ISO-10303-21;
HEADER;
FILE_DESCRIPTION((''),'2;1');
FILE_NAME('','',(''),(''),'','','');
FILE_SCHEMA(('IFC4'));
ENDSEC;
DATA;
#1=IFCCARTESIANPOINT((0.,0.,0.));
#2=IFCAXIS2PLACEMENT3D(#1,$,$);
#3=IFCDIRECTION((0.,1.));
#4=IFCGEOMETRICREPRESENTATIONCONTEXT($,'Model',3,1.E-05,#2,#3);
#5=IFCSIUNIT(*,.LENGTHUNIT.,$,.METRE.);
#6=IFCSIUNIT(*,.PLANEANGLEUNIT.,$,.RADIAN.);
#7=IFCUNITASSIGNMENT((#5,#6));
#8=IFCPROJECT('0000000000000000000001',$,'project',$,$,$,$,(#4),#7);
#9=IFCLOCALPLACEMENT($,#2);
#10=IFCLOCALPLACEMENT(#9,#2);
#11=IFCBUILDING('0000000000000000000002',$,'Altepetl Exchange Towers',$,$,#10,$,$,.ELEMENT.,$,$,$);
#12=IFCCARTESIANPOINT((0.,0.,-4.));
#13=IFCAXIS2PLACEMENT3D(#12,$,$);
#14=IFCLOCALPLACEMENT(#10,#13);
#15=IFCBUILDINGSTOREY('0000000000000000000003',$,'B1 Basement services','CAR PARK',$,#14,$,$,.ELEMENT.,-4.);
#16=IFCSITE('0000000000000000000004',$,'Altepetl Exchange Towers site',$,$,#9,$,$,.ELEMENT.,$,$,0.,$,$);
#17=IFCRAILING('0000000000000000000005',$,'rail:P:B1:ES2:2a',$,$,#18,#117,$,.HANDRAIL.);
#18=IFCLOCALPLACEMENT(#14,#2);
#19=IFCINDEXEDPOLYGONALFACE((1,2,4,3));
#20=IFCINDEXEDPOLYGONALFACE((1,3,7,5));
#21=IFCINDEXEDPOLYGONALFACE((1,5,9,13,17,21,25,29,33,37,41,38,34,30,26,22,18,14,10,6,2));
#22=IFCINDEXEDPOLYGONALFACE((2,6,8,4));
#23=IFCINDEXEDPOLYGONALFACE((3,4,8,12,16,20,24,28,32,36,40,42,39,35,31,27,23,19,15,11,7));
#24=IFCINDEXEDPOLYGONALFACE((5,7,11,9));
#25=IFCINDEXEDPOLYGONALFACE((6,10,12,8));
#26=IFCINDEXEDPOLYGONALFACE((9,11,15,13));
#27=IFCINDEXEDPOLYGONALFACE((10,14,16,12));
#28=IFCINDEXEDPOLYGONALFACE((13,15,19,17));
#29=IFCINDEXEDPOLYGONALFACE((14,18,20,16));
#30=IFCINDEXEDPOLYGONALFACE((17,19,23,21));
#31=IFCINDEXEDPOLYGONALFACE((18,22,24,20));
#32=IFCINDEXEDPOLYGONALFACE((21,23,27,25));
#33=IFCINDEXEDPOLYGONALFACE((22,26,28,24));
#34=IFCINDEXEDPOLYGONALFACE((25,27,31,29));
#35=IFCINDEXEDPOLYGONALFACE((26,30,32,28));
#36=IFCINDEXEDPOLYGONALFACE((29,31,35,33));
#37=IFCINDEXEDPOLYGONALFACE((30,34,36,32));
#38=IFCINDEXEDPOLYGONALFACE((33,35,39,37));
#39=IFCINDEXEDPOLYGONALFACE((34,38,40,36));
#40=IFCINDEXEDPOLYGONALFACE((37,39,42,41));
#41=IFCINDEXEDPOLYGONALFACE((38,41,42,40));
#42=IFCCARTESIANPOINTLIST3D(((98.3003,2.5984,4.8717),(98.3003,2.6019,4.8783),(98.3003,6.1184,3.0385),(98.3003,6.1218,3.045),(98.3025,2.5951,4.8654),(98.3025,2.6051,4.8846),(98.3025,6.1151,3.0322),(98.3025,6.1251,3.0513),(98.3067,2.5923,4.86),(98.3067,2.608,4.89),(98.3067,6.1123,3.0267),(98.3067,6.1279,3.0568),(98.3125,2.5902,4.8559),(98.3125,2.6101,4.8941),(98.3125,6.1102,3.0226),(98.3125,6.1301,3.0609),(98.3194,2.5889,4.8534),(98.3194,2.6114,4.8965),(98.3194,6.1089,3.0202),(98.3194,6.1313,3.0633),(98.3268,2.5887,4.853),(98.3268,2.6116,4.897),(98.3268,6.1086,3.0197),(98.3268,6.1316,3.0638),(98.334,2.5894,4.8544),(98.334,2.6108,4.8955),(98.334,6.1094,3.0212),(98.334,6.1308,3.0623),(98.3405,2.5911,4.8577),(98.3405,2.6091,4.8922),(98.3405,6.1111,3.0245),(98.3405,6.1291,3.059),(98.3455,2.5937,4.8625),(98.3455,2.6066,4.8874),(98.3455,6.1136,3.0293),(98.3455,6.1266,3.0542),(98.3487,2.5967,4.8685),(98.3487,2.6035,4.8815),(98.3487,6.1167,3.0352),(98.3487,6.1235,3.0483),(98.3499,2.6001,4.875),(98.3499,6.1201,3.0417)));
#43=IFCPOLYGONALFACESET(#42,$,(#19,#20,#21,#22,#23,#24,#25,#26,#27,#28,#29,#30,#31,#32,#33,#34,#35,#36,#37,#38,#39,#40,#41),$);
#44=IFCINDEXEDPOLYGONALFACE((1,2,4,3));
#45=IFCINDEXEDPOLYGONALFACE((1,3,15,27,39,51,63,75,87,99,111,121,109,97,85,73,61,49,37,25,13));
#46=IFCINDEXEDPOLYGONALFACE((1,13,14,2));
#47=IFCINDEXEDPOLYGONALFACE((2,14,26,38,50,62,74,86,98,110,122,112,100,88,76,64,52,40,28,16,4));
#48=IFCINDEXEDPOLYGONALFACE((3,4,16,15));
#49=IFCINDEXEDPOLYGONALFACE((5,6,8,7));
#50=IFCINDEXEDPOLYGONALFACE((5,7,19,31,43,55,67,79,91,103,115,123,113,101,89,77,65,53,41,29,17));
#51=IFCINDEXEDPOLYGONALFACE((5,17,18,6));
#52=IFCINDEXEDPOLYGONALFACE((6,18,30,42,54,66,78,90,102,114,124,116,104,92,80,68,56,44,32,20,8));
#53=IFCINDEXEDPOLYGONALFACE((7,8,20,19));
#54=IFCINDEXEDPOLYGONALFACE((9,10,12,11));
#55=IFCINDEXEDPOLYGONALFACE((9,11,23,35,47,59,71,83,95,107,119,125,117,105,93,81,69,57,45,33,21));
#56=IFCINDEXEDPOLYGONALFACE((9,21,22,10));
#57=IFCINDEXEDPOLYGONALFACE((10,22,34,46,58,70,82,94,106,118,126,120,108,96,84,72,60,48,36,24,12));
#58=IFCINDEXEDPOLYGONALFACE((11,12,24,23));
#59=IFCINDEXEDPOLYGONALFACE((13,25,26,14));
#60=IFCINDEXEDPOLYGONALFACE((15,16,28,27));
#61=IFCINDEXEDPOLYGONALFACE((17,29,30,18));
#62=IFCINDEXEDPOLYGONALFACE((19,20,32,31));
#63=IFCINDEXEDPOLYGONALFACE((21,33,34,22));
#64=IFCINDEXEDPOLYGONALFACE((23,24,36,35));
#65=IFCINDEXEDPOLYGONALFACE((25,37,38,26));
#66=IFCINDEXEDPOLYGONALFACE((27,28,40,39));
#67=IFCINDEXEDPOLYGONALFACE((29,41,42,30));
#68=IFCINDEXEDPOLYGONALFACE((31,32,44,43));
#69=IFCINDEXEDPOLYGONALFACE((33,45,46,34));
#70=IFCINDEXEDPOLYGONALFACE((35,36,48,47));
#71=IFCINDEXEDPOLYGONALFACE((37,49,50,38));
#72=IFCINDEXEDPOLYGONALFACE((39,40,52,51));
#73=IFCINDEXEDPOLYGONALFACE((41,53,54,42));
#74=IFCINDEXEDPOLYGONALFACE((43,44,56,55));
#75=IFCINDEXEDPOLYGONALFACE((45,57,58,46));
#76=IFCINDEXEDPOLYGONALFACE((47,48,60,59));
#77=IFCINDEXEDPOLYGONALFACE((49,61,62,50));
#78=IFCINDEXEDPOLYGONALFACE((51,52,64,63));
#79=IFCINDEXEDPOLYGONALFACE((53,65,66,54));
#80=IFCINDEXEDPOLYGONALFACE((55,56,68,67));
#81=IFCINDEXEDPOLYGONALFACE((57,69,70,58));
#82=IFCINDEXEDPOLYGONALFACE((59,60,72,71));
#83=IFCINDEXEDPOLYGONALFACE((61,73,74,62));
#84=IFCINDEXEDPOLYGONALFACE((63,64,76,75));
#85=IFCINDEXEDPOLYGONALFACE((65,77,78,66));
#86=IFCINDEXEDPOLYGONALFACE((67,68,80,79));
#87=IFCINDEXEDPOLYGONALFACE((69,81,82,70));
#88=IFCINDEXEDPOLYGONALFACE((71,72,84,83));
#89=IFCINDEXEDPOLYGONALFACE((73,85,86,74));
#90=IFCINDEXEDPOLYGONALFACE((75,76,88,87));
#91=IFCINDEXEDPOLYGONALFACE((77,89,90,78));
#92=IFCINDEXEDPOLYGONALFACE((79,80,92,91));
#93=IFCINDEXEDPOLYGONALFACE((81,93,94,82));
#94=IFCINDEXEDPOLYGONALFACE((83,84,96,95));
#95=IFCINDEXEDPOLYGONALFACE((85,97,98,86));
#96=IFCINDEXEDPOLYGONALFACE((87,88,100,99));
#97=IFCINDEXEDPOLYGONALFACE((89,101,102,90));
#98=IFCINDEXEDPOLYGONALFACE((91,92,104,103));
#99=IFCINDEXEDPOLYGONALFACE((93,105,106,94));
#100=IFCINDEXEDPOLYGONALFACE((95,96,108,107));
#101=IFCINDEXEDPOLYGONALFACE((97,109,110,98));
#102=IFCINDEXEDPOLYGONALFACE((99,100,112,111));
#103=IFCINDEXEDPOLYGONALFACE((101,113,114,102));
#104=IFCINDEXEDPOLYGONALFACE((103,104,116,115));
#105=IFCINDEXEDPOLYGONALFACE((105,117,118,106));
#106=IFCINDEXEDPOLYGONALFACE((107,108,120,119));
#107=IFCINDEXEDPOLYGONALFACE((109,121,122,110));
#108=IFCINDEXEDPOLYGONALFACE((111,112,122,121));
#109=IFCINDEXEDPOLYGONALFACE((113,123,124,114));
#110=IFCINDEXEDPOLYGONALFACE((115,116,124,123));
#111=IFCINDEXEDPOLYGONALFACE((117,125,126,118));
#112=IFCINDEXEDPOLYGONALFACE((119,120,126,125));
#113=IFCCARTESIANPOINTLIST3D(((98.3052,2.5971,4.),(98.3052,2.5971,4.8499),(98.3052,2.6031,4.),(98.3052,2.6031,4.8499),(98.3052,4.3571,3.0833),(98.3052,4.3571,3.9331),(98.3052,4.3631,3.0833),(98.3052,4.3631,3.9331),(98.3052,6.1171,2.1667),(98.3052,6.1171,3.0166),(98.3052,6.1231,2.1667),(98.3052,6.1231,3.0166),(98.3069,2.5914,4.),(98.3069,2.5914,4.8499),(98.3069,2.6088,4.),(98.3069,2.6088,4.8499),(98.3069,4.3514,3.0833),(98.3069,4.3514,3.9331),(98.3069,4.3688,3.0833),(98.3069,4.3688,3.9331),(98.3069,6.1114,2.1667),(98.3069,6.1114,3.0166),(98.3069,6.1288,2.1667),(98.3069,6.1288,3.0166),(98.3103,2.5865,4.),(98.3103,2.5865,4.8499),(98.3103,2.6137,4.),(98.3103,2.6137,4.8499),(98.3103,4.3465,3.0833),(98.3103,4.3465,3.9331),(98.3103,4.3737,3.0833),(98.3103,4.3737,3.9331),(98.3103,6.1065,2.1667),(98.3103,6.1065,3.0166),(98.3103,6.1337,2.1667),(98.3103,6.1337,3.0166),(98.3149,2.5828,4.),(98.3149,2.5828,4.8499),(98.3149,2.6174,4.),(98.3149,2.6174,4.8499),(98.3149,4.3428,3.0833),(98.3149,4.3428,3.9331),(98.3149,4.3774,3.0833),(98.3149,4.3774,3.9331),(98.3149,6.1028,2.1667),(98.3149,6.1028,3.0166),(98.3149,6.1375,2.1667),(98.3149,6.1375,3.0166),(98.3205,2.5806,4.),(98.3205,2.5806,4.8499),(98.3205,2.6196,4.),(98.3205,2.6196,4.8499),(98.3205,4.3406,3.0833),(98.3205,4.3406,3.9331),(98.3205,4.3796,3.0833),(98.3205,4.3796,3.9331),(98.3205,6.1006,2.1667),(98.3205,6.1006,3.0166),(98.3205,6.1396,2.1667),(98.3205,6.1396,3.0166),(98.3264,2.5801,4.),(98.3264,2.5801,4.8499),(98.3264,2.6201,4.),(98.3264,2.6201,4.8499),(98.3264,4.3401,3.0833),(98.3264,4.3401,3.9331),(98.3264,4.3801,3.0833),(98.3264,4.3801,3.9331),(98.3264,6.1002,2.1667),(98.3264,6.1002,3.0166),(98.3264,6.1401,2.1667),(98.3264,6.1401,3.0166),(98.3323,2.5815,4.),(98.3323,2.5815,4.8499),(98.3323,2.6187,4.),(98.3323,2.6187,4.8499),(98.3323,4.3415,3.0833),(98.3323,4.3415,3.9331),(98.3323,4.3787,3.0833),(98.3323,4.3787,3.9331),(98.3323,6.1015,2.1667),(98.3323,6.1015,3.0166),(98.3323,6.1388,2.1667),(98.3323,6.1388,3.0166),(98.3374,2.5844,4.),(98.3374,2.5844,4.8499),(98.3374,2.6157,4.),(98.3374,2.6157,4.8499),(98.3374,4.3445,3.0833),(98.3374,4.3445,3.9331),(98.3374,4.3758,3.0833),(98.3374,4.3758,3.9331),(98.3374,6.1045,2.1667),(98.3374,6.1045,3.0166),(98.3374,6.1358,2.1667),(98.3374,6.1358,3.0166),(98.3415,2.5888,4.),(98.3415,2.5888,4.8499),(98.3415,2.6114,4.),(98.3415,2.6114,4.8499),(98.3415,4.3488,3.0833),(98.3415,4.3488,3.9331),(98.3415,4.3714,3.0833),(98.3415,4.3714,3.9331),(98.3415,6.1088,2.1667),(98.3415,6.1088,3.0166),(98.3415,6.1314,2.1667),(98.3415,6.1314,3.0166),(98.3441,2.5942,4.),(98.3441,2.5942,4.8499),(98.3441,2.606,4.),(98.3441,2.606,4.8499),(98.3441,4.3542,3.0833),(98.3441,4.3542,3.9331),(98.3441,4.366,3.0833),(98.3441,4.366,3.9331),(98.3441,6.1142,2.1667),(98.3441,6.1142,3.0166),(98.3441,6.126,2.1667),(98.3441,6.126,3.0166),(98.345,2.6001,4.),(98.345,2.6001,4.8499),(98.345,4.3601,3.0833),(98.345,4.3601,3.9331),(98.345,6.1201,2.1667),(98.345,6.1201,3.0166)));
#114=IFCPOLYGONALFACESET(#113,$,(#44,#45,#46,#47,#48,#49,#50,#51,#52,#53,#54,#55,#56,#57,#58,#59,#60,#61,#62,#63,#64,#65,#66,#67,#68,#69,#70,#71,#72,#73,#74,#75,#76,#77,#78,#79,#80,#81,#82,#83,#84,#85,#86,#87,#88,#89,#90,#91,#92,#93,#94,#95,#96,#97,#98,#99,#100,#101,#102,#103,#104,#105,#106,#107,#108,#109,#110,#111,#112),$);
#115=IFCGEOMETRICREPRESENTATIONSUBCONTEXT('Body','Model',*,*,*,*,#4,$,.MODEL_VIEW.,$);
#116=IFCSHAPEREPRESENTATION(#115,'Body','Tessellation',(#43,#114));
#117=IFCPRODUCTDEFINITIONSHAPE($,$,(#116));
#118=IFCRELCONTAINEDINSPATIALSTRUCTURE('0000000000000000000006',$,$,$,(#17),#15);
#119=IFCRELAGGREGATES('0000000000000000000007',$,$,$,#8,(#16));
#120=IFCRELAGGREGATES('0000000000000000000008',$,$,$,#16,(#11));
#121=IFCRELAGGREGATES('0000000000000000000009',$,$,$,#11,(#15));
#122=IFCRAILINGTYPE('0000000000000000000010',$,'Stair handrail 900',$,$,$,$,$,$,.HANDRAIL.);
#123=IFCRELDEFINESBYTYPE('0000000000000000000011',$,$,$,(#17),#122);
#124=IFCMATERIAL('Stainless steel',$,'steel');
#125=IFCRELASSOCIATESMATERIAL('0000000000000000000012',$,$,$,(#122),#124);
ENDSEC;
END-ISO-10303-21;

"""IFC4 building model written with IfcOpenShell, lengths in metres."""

from ifc_helpers import new_model, si_unit, direction, frame, origin, origin_2d, place, context, subcontext, project, spatial, circle, extrude, source, transform, mapped, material, type_object, element, save


model = new_model("IFC4")

# Units and contexts
model_context = context("Model", 3, precision=1e-05, world=origin(), true_north=direction((0.0, 1.0)))
body_context = subcontext(model_context, "Body", "Model", "MODEL_VIEW")
ifc_project = project(units=[si_unit("LENGTHUNIT", "METRE"), si_unit("PLANEANGLEUNIT", "RADIAN")], contexts=[model_context])

# Site, building, storey
site_placement = place(None, origin())
site = spatial("IfcSite", under=ifc_project, at=site_placement, Name="Altepetl Exchange Towers site", CompositionType="ELEMENT", RefElevation=0.0)
building_placement = place(site_placement, origin())
building = spatial("IfcBuilding", under=site, at=building_placement, Name="Altepetl Exchange Towers", CompositionType="ELEMENT")
storey_placement = place(building_placement, frame((0.0, 0.0, -4.0)))
storey = spatial("IfcBuildingStorey", under=building, at=storey_placement, Name="B1 Basement services", Description="CAR PARK", CompositionType="ELEMENT", Elevation=-4.0)

# Railing
ifc_material_1 = material(Name="Stainless steel", Category="steel")
railing_type_1 = type_object("IfcRailingType", Name="Stair handrail 900", PredefinedType="HANDRAIL", material=ifc_material_1)
shared_shape_1 = source(origin(), body_context, "Body", "SweptSolid", [
    extrude(circle(Radius=0.02, at=origin_2d()), origin(), (0.0, 0.0, 1.0), 0.8499),
])
railing_1_placement = place(storey_placement, frame((98.325, 6.1201, 2.1667)))
element("IfcRailing", 1, at=railing_1_placement, inside=storey, type_object=railing_type_1, Name="rail:P:B1:ES2:2a", PredefinedType="HANDRAIL", context=body_context, shape_type="SweptSolid", body=[
    extrude(circle(Radius=0.0249, at=origin_2d()), frame((0.0, 0.0, 0.875), z_axis=(0.0, -0.886924, 0.461916), x_axis=(1.0, 0.0, 0.0)), (0.0, 0.0, 1.0), 3.9688),
    mapped(shared_shape_1, transform((0.0, 0.0, 0.0))),
    mapped(shared_shape_1, transform((0.0, -1.76, 0.9165))),
    mapped(shared_shape_1, transform((0.0, -3.52, 1.8333))),
])

save(model, "model.ifc")
